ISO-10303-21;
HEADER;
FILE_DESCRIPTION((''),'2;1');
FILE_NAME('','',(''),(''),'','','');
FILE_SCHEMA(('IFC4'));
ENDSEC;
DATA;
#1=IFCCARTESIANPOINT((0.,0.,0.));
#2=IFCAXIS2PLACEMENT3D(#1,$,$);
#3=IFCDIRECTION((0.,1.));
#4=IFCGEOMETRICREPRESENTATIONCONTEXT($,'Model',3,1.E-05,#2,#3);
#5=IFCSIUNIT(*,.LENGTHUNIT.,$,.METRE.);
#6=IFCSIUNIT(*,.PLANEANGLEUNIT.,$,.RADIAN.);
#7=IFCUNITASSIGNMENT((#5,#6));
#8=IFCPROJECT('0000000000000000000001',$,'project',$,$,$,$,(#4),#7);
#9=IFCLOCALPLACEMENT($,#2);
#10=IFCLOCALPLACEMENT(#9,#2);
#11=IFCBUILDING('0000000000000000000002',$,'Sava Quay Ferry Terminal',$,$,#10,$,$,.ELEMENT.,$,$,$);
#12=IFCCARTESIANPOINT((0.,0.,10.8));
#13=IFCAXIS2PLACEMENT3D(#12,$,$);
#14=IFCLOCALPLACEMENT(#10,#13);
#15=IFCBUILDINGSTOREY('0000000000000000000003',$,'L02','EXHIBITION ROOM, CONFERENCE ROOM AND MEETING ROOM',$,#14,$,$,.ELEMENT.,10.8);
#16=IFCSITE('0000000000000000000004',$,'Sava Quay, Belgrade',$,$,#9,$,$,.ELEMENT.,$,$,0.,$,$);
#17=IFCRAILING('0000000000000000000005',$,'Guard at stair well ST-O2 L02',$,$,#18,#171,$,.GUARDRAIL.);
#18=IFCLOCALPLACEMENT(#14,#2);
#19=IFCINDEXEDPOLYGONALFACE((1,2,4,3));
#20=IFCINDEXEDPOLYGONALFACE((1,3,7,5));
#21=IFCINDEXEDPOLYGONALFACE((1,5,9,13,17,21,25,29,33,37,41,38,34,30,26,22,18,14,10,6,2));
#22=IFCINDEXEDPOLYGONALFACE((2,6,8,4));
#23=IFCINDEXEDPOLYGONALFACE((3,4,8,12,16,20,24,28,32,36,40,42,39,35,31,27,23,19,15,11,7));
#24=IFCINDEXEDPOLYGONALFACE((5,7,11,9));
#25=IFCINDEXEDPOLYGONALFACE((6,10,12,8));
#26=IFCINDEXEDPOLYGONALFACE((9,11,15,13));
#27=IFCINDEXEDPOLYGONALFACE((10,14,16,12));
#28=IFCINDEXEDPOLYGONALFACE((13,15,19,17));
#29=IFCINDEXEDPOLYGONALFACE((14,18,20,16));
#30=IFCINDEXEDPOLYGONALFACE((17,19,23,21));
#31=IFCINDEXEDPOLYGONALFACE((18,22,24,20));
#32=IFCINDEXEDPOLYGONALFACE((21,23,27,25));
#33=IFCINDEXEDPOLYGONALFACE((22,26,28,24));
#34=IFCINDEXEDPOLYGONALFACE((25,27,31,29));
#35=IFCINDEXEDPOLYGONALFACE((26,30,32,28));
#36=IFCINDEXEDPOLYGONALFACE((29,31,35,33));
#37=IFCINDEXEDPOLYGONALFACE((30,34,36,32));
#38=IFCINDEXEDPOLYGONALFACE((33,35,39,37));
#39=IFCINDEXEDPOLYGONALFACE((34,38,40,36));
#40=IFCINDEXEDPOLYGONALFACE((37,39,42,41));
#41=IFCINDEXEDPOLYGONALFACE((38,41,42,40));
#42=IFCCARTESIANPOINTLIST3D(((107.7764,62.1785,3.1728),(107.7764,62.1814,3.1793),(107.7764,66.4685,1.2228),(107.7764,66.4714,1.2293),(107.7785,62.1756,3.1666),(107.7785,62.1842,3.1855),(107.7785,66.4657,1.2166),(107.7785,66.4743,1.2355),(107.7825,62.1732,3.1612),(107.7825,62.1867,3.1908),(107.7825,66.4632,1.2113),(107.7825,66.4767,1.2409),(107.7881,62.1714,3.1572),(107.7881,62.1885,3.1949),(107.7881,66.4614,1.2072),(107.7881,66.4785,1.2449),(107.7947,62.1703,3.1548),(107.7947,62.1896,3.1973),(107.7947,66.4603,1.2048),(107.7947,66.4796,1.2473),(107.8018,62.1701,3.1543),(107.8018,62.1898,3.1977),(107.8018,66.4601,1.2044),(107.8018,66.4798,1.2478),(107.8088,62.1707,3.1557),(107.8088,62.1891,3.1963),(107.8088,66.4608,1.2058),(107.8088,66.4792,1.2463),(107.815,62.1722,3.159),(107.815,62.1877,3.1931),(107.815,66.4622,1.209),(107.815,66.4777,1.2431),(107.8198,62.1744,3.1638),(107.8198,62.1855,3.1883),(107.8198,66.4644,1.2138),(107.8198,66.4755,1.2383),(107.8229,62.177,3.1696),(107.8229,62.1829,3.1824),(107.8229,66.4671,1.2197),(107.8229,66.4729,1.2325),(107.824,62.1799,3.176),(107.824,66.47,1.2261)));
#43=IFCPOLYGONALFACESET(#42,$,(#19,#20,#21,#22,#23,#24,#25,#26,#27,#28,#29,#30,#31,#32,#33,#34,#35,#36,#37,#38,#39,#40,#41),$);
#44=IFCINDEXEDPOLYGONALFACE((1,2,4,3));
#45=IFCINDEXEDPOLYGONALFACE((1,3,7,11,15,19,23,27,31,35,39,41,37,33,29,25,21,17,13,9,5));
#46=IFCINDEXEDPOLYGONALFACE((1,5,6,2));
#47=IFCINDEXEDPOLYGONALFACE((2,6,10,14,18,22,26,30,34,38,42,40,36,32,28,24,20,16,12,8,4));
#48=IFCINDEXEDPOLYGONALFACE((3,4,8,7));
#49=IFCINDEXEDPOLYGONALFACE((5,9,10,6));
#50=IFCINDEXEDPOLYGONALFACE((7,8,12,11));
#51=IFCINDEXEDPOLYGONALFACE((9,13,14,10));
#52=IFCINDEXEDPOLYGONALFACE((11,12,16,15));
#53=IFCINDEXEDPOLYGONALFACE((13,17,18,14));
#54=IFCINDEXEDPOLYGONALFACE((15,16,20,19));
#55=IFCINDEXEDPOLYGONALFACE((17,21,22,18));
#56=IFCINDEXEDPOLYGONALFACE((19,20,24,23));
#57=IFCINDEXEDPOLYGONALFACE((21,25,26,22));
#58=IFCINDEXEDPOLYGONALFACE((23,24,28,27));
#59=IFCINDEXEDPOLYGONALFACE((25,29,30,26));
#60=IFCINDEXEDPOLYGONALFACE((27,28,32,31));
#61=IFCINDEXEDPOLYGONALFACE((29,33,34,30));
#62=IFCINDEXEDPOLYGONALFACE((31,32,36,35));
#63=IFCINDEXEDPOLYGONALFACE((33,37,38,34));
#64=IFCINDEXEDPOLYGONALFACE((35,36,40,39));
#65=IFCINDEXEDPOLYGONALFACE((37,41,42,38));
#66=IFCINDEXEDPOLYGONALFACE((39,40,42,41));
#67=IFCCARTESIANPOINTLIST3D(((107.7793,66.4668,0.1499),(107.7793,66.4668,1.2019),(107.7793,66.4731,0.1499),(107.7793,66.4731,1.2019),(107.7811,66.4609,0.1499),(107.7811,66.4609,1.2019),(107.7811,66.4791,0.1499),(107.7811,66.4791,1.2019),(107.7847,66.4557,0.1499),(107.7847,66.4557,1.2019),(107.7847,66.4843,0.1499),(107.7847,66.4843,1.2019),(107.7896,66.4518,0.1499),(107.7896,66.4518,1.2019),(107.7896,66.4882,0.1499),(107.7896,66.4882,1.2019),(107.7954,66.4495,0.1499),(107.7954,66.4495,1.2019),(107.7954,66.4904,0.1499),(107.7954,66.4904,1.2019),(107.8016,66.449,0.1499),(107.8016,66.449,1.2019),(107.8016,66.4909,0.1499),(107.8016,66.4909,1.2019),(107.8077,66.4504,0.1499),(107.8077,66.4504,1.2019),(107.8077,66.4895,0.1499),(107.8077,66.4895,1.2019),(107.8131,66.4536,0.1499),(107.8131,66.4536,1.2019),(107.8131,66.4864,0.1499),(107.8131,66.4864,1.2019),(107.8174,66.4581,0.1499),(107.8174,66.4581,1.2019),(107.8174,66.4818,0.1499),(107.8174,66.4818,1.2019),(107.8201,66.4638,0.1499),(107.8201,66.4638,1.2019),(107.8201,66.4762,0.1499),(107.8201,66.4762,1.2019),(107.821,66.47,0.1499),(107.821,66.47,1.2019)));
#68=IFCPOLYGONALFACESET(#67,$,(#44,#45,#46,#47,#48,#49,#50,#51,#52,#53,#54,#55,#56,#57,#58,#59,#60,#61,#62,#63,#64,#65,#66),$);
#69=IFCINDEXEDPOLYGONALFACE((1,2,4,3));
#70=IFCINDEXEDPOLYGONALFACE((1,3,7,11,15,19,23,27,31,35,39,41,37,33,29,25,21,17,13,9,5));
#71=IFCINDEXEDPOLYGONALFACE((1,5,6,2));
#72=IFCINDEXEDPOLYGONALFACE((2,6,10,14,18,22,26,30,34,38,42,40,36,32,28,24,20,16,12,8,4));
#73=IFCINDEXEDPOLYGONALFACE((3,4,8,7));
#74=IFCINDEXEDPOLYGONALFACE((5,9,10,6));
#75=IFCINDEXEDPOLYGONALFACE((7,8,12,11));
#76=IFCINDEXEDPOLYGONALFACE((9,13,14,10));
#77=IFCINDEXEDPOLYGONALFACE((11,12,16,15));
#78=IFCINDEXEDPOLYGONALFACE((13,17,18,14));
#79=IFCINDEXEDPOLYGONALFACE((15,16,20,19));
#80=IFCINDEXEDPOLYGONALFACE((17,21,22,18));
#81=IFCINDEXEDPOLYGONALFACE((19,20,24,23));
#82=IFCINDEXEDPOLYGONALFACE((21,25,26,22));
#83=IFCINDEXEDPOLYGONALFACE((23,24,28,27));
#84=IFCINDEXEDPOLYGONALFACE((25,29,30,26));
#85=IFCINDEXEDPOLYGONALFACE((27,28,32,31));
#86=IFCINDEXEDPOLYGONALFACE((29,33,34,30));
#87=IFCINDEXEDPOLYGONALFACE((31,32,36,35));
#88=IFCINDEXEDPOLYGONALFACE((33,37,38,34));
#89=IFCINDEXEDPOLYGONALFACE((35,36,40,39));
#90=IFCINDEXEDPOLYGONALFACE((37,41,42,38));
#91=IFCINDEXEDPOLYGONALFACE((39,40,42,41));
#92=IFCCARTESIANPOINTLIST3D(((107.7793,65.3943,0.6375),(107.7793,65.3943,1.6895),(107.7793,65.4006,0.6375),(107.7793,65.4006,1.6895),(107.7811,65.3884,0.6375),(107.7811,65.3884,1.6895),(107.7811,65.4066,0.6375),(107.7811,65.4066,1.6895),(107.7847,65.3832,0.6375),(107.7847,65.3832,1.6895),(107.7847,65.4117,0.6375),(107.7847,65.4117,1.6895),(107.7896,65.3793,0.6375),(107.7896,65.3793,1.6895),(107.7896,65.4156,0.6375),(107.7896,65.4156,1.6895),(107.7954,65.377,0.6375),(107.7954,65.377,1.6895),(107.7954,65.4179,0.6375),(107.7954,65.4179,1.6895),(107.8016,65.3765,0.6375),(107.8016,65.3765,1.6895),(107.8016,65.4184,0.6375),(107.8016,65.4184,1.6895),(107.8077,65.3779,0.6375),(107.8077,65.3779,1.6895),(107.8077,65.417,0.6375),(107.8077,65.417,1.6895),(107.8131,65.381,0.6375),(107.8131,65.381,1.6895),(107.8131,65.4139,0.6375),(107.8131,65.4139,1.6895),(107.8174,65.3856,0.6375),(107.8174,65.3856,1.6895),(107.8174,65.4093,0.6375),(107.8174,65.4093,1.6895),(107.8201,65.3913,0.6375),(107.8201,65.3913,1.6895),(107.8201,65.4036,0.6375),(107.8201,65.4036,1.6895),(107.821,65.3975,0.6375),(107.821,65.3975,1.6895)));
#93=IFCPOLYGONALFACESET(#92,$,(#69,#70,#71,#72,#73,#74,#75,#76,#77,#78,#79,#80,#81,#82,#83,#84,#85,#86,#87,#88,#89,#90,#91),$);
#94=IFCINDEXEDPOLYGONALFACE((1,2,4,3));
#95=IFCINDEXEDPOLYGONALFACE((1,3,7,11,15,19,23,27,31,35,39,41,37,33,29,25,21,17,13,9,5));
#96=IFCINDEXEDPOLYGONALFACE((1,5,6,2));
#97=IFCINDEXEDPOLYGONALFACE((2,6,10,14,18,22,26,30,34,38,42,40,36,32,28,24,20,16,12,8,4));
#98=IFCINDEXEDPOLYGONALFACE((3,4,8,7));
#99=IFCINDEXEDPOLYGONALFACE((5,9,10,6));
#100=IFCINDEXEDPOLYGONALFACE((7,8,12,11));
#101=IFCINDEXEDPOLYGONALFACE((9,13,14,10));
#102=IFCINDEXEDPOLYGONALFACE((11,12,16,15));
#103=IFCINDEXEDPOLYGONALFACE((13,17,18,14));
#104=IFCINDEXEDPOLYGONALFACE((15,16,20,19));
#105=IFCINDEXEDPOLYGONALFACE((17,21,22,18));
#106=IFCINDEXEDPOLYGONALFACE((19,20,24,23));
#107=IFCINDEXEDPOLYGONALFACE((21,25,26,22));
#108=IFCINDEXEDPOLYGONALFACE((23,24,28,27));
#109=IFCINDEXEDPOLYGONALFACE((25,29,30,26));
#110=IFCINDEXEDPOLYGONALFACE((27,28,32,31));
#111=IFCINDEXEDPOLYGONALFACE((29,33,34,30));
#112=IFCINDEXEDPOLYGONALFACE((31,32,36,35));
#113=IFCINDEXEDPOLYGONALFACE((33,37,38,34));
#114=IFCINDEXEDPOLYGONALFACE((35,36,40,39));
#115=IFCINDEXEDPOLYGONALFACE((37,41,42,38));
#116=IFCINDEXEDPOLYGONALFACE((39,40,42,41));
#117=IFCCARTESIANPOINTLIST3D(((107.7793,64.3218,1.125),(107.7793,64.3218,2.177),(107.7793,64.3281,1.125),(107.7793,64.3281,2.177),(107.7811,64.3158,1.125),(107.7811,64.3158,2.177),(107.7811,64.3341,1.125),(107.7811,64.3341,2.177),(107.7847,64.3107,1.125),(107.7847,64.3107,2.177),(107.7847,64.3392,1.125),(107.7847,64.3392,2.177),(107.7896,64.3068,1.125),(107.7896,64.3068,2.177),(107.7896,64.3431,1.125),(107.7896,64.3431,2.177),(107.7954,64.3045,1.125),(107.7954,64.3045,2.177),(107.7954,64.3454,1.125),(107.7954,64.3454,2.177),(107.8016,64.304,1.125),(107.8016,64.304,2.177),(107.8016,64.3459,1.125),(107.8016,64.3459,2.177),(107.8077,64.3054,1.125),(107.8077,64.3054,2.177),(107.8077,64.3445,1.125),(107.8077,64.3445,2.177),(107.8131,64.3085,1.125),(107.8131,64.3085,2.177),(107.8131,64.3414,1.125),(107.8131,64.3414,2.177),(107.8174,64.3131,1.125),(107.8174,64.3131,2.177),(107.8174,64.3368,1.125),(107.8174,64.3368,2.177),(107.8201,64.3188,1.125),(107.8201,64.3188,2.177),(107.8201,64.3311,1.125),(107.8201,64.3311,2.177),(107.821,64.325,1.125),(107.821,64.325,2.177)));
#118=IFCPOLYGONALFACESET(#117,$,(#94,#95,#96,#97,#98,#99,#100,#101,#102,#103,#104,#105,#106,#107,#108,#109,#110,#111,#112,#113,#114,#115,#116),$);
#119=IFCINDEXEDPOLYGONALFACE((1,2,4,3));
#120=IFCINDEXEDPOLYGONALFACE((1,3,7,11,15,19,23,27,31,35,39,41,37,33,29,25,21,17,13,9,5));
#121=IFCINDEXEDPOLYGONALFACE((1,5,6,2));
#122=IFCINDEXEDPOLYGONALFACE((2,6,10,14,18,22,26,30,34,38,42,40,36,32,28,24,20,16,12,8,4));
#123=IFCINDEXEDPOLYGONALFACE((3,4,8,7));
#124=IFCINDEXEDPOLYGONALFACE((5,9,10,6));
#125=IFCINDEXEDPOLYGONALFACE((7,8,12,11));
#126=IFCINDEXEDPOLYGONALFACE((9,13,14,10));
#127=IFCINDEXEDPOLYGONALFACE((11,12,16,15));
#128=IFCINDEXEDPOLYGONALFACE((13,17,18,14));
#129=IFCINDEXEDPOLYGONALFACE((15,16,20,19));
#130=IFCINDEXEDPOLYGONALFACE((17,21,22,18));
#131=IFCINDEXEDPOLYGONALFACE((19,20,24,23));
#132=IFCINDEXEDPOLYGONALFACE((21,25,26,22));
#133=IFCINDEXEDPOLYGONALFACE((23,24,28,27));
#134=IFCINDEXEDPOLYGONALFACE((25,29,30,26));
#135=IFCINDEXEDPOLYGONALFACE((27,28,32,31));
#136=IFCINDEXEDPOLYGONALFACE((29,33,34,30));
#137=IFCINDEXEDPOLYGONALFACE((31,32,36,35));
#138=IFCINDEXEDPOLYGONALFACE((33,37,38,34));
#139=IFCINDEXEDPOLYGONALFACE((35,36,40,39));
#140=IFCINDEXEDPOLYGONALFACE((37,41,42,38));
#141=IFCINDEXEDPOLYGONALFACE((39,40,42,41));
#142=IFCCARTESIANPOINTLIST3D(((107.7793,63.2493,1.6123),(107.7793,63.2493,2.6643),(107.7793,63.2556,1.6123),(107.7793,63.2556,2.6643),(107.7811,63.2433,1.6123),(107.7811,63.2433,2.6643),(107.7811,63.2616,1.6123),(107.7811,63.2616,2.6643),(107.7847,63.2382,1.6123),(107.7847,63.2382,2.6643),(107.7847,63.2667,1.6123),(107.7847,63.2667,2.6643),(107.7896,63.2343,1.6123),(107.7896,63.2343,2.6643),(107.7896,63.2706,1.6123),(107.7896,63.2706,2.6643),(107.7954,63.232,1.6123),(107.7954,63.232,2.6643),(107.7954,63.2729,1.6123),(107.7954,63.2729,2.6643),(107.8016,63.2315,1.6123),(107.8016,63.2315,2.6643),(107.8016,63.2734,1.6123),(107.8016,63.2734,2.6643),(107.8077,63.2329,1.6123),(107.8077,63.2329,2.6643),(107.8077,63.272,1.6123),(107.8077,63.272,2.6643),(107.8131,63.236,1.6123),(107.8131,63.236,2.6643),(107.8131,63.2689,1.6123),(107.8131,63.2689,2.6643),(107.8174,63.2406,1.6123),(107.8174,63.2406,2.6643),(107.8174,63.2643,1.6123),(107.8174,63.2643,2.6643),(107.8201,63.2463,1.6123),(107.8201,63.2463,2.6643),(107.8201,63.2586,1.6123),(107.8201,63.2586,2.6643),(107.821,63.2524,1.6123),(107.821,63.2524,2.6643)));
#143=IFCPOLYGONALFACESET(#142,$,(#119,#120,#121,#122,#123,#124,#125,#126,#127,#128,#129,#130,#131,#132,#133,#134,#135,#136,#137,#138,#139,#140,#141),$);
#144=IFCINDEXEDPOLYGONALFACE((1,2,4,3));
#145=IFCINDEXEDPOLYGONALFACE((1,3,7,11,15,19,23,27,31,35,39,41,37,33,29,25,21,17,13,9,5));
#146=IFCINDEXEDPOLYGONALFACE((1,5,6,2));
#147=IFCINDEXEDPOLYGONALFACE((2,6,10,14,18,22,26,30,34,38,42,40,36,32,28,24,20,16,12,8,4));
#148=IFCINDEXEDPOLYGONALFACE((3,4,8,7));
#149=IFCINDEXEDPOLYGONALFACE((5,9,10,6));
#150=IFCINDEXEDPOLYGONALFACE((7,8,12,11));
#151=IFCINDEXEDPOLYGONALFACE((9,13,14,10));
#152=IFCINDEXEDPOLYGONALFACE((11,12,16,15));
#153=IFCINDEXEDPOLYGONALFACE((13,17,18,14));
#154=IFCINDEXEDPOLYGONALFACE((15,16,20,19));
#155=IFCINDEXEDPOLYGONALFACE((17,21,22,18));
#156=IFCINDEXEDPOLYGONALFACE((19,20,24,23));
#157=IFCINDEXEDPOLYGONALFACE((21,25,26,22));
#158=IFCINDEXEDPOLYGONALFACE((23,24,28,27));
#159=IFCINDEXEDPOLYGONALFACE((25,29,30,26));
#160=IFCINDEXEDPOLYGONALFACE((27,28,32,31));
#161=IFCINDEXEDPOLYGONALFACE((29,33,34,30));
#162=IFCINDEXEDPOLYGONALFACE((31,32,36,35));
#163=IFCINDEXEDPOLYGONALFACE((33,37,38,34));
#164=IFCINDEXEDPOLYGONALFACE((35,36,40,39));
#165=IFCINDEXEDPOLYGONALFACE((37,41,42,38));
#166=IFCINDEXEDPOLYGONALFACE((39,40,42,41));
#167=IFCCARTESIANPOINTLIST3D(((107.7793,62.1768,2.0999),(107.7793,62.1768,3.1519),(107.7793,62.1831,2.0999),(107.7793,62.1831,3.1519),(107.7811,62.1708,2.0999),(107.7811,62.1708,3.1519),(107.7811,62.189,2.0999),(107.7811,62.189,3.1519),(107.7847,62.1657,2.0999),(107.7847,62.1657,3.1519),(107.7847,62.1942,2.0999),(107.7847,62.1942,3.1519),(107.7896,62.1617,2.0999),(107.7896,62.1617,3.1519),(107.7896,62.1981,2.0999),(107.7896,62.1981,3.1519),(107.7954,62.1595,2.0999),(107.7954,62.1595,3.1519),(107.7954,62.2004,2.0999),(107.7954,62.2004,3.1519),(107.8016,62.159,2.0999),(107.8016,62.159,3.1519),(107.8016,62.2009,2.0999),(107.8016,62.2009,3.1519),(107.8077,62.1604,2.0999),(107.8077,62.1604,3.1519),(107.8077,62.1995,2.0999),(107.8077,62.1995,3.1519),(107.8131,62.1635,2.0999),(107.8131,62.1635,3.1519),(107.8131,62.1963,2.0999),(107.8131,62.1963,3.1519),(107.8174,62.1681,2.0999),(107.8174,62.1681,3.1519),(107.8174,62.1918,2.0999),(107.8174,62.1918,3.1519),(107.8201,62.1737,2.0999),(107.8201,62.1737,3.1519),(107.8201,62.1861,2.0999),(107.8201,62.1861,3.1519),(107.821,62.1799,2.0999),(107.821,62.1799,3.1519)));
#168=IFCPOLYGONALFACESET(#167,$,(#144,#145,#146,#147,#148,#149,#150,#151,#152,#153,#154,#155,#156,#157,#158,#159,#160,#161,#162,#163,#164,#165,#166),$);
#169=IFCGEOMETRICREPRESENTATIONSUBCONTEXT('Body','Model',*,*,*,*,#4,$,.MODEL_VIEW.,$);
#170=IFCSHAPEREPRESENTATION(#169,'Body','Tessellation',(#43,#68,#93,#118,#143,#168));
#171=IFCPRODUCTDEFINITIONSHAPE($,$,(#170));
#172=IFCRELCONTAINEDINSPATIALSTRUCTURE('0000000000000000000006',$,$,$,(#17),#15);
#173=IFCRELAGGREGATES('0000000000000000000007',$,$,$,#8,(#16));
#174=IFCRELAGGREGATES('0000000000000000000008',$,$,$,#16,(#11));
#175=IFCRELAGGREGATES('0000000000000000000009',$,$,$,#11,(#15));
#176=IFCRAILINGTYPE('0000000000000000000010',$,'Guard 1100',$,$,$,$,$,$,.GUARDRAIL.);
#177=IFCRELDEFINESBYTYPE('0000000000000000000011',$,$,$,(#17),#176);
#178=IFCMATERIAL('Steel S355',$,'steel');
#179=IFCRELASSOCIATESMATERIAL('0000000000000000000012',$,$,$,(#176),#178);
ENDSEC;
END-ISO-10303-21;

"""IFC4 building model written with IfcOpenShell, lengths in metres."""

from ifc_helpers import new_model, si_unit, direction, frame, origin, origin_2d, place, context, subcontext, project, spatial, circle, extrude, material, type_object, element, save


model = new_model("IFC4")

# Units and contexts
model_context = context("Model", 3, precision=1e-05, world=origin(), true_north=direction((0.0, 1.0)))
body_context = subcontext(model_context, "Body", "Model", "MODEL_VIEW")
ifc_project = project(units=[si_unit("LENGTHUNIT", "METRE"), si_unit("PLANEANGLEUNIT", "RADIAN")], contexts=[model_context])

# Site, building, storey
site_placement = place(None, origin())
site = spatial("IfcSite", under=ifc_project, at=site_placement, Name="Sava Quay, Belgrade", CompositionType="ELEMENT", RefElevation=0.0)
building_placement = place(site_placement, origin())
building = spatial("IfcBuilding", under=site, at=building_placement, Name="Sava Quay Ferry Terminal", CompositionType="ELEMENT")
storey_placement = place(building_placement, frame((0.0, 0.0, 10.8)))
storey = spatial("IfcBuildingStorey", under=building, at=storey_placement, Name="L02", Description="EXHIBITION ROOM, CONFERENCE ROOM AND MEETING ROOM", CompositionType="ELEMENT", Elevation=10.8)

# Railing
ifc_material_1 = material(Name="Steel S355", Category="steel")
railing_type_1 = type_object("IfcRailingType", Name="Guard 1100", PredefinedType="GUARDRAIL", material=ifc_material_1)
railing_1_placement = place(storey_placement, frame((107.8, 66.47, 0.1499)))
element("IfcRailing", 1, at=railing_1_placement, inside=storey, type_object=railing_type_1, Name="Guard at stair well ST-O2 L02", PredefinedType="GUARDRAIL", context=body_context, shape_type="SweptSolid", body=[
    extrude(circle(Radius=0.0239, at=origin_2d()), frame((0.0, 0.0, 1.0762), z_axis=(0.0, -0.910372, 0.413791), x_axis=(1.0, 0.0, 0.0)), (0.0, 0.0, 1.0), 4.7124),
    extrude(circle(Radius=0.021, at=origin_2d()), origin(), (0.0, 0.0, 1.0), 1.052),
    extrude(circle(Radius=0.021, at=origin_2d()), frame((0.0, -1.0725, 0.4875)), (0.0, 0.0, 1.0), 1.052),
    extrude(circle(Radius=0.021, at=origin_2d()), frame((0.0, -2.145, 0.9751)), (0.0, 0.0, 1.0), 1.052),
    extrude(circle(Radius=0.021, at=origin_2d()), frame((0.0, -3.2175, 1.4624)), (0.0, 0.0, 1.0), 1.052),
    extrude(circle(Radius=0.021, at=origin_2d()), frame((0.0, -4.29, 1.95)), (0.0, 0.0, 1.0), 1.052),
])

save(model, "model.ifc")
